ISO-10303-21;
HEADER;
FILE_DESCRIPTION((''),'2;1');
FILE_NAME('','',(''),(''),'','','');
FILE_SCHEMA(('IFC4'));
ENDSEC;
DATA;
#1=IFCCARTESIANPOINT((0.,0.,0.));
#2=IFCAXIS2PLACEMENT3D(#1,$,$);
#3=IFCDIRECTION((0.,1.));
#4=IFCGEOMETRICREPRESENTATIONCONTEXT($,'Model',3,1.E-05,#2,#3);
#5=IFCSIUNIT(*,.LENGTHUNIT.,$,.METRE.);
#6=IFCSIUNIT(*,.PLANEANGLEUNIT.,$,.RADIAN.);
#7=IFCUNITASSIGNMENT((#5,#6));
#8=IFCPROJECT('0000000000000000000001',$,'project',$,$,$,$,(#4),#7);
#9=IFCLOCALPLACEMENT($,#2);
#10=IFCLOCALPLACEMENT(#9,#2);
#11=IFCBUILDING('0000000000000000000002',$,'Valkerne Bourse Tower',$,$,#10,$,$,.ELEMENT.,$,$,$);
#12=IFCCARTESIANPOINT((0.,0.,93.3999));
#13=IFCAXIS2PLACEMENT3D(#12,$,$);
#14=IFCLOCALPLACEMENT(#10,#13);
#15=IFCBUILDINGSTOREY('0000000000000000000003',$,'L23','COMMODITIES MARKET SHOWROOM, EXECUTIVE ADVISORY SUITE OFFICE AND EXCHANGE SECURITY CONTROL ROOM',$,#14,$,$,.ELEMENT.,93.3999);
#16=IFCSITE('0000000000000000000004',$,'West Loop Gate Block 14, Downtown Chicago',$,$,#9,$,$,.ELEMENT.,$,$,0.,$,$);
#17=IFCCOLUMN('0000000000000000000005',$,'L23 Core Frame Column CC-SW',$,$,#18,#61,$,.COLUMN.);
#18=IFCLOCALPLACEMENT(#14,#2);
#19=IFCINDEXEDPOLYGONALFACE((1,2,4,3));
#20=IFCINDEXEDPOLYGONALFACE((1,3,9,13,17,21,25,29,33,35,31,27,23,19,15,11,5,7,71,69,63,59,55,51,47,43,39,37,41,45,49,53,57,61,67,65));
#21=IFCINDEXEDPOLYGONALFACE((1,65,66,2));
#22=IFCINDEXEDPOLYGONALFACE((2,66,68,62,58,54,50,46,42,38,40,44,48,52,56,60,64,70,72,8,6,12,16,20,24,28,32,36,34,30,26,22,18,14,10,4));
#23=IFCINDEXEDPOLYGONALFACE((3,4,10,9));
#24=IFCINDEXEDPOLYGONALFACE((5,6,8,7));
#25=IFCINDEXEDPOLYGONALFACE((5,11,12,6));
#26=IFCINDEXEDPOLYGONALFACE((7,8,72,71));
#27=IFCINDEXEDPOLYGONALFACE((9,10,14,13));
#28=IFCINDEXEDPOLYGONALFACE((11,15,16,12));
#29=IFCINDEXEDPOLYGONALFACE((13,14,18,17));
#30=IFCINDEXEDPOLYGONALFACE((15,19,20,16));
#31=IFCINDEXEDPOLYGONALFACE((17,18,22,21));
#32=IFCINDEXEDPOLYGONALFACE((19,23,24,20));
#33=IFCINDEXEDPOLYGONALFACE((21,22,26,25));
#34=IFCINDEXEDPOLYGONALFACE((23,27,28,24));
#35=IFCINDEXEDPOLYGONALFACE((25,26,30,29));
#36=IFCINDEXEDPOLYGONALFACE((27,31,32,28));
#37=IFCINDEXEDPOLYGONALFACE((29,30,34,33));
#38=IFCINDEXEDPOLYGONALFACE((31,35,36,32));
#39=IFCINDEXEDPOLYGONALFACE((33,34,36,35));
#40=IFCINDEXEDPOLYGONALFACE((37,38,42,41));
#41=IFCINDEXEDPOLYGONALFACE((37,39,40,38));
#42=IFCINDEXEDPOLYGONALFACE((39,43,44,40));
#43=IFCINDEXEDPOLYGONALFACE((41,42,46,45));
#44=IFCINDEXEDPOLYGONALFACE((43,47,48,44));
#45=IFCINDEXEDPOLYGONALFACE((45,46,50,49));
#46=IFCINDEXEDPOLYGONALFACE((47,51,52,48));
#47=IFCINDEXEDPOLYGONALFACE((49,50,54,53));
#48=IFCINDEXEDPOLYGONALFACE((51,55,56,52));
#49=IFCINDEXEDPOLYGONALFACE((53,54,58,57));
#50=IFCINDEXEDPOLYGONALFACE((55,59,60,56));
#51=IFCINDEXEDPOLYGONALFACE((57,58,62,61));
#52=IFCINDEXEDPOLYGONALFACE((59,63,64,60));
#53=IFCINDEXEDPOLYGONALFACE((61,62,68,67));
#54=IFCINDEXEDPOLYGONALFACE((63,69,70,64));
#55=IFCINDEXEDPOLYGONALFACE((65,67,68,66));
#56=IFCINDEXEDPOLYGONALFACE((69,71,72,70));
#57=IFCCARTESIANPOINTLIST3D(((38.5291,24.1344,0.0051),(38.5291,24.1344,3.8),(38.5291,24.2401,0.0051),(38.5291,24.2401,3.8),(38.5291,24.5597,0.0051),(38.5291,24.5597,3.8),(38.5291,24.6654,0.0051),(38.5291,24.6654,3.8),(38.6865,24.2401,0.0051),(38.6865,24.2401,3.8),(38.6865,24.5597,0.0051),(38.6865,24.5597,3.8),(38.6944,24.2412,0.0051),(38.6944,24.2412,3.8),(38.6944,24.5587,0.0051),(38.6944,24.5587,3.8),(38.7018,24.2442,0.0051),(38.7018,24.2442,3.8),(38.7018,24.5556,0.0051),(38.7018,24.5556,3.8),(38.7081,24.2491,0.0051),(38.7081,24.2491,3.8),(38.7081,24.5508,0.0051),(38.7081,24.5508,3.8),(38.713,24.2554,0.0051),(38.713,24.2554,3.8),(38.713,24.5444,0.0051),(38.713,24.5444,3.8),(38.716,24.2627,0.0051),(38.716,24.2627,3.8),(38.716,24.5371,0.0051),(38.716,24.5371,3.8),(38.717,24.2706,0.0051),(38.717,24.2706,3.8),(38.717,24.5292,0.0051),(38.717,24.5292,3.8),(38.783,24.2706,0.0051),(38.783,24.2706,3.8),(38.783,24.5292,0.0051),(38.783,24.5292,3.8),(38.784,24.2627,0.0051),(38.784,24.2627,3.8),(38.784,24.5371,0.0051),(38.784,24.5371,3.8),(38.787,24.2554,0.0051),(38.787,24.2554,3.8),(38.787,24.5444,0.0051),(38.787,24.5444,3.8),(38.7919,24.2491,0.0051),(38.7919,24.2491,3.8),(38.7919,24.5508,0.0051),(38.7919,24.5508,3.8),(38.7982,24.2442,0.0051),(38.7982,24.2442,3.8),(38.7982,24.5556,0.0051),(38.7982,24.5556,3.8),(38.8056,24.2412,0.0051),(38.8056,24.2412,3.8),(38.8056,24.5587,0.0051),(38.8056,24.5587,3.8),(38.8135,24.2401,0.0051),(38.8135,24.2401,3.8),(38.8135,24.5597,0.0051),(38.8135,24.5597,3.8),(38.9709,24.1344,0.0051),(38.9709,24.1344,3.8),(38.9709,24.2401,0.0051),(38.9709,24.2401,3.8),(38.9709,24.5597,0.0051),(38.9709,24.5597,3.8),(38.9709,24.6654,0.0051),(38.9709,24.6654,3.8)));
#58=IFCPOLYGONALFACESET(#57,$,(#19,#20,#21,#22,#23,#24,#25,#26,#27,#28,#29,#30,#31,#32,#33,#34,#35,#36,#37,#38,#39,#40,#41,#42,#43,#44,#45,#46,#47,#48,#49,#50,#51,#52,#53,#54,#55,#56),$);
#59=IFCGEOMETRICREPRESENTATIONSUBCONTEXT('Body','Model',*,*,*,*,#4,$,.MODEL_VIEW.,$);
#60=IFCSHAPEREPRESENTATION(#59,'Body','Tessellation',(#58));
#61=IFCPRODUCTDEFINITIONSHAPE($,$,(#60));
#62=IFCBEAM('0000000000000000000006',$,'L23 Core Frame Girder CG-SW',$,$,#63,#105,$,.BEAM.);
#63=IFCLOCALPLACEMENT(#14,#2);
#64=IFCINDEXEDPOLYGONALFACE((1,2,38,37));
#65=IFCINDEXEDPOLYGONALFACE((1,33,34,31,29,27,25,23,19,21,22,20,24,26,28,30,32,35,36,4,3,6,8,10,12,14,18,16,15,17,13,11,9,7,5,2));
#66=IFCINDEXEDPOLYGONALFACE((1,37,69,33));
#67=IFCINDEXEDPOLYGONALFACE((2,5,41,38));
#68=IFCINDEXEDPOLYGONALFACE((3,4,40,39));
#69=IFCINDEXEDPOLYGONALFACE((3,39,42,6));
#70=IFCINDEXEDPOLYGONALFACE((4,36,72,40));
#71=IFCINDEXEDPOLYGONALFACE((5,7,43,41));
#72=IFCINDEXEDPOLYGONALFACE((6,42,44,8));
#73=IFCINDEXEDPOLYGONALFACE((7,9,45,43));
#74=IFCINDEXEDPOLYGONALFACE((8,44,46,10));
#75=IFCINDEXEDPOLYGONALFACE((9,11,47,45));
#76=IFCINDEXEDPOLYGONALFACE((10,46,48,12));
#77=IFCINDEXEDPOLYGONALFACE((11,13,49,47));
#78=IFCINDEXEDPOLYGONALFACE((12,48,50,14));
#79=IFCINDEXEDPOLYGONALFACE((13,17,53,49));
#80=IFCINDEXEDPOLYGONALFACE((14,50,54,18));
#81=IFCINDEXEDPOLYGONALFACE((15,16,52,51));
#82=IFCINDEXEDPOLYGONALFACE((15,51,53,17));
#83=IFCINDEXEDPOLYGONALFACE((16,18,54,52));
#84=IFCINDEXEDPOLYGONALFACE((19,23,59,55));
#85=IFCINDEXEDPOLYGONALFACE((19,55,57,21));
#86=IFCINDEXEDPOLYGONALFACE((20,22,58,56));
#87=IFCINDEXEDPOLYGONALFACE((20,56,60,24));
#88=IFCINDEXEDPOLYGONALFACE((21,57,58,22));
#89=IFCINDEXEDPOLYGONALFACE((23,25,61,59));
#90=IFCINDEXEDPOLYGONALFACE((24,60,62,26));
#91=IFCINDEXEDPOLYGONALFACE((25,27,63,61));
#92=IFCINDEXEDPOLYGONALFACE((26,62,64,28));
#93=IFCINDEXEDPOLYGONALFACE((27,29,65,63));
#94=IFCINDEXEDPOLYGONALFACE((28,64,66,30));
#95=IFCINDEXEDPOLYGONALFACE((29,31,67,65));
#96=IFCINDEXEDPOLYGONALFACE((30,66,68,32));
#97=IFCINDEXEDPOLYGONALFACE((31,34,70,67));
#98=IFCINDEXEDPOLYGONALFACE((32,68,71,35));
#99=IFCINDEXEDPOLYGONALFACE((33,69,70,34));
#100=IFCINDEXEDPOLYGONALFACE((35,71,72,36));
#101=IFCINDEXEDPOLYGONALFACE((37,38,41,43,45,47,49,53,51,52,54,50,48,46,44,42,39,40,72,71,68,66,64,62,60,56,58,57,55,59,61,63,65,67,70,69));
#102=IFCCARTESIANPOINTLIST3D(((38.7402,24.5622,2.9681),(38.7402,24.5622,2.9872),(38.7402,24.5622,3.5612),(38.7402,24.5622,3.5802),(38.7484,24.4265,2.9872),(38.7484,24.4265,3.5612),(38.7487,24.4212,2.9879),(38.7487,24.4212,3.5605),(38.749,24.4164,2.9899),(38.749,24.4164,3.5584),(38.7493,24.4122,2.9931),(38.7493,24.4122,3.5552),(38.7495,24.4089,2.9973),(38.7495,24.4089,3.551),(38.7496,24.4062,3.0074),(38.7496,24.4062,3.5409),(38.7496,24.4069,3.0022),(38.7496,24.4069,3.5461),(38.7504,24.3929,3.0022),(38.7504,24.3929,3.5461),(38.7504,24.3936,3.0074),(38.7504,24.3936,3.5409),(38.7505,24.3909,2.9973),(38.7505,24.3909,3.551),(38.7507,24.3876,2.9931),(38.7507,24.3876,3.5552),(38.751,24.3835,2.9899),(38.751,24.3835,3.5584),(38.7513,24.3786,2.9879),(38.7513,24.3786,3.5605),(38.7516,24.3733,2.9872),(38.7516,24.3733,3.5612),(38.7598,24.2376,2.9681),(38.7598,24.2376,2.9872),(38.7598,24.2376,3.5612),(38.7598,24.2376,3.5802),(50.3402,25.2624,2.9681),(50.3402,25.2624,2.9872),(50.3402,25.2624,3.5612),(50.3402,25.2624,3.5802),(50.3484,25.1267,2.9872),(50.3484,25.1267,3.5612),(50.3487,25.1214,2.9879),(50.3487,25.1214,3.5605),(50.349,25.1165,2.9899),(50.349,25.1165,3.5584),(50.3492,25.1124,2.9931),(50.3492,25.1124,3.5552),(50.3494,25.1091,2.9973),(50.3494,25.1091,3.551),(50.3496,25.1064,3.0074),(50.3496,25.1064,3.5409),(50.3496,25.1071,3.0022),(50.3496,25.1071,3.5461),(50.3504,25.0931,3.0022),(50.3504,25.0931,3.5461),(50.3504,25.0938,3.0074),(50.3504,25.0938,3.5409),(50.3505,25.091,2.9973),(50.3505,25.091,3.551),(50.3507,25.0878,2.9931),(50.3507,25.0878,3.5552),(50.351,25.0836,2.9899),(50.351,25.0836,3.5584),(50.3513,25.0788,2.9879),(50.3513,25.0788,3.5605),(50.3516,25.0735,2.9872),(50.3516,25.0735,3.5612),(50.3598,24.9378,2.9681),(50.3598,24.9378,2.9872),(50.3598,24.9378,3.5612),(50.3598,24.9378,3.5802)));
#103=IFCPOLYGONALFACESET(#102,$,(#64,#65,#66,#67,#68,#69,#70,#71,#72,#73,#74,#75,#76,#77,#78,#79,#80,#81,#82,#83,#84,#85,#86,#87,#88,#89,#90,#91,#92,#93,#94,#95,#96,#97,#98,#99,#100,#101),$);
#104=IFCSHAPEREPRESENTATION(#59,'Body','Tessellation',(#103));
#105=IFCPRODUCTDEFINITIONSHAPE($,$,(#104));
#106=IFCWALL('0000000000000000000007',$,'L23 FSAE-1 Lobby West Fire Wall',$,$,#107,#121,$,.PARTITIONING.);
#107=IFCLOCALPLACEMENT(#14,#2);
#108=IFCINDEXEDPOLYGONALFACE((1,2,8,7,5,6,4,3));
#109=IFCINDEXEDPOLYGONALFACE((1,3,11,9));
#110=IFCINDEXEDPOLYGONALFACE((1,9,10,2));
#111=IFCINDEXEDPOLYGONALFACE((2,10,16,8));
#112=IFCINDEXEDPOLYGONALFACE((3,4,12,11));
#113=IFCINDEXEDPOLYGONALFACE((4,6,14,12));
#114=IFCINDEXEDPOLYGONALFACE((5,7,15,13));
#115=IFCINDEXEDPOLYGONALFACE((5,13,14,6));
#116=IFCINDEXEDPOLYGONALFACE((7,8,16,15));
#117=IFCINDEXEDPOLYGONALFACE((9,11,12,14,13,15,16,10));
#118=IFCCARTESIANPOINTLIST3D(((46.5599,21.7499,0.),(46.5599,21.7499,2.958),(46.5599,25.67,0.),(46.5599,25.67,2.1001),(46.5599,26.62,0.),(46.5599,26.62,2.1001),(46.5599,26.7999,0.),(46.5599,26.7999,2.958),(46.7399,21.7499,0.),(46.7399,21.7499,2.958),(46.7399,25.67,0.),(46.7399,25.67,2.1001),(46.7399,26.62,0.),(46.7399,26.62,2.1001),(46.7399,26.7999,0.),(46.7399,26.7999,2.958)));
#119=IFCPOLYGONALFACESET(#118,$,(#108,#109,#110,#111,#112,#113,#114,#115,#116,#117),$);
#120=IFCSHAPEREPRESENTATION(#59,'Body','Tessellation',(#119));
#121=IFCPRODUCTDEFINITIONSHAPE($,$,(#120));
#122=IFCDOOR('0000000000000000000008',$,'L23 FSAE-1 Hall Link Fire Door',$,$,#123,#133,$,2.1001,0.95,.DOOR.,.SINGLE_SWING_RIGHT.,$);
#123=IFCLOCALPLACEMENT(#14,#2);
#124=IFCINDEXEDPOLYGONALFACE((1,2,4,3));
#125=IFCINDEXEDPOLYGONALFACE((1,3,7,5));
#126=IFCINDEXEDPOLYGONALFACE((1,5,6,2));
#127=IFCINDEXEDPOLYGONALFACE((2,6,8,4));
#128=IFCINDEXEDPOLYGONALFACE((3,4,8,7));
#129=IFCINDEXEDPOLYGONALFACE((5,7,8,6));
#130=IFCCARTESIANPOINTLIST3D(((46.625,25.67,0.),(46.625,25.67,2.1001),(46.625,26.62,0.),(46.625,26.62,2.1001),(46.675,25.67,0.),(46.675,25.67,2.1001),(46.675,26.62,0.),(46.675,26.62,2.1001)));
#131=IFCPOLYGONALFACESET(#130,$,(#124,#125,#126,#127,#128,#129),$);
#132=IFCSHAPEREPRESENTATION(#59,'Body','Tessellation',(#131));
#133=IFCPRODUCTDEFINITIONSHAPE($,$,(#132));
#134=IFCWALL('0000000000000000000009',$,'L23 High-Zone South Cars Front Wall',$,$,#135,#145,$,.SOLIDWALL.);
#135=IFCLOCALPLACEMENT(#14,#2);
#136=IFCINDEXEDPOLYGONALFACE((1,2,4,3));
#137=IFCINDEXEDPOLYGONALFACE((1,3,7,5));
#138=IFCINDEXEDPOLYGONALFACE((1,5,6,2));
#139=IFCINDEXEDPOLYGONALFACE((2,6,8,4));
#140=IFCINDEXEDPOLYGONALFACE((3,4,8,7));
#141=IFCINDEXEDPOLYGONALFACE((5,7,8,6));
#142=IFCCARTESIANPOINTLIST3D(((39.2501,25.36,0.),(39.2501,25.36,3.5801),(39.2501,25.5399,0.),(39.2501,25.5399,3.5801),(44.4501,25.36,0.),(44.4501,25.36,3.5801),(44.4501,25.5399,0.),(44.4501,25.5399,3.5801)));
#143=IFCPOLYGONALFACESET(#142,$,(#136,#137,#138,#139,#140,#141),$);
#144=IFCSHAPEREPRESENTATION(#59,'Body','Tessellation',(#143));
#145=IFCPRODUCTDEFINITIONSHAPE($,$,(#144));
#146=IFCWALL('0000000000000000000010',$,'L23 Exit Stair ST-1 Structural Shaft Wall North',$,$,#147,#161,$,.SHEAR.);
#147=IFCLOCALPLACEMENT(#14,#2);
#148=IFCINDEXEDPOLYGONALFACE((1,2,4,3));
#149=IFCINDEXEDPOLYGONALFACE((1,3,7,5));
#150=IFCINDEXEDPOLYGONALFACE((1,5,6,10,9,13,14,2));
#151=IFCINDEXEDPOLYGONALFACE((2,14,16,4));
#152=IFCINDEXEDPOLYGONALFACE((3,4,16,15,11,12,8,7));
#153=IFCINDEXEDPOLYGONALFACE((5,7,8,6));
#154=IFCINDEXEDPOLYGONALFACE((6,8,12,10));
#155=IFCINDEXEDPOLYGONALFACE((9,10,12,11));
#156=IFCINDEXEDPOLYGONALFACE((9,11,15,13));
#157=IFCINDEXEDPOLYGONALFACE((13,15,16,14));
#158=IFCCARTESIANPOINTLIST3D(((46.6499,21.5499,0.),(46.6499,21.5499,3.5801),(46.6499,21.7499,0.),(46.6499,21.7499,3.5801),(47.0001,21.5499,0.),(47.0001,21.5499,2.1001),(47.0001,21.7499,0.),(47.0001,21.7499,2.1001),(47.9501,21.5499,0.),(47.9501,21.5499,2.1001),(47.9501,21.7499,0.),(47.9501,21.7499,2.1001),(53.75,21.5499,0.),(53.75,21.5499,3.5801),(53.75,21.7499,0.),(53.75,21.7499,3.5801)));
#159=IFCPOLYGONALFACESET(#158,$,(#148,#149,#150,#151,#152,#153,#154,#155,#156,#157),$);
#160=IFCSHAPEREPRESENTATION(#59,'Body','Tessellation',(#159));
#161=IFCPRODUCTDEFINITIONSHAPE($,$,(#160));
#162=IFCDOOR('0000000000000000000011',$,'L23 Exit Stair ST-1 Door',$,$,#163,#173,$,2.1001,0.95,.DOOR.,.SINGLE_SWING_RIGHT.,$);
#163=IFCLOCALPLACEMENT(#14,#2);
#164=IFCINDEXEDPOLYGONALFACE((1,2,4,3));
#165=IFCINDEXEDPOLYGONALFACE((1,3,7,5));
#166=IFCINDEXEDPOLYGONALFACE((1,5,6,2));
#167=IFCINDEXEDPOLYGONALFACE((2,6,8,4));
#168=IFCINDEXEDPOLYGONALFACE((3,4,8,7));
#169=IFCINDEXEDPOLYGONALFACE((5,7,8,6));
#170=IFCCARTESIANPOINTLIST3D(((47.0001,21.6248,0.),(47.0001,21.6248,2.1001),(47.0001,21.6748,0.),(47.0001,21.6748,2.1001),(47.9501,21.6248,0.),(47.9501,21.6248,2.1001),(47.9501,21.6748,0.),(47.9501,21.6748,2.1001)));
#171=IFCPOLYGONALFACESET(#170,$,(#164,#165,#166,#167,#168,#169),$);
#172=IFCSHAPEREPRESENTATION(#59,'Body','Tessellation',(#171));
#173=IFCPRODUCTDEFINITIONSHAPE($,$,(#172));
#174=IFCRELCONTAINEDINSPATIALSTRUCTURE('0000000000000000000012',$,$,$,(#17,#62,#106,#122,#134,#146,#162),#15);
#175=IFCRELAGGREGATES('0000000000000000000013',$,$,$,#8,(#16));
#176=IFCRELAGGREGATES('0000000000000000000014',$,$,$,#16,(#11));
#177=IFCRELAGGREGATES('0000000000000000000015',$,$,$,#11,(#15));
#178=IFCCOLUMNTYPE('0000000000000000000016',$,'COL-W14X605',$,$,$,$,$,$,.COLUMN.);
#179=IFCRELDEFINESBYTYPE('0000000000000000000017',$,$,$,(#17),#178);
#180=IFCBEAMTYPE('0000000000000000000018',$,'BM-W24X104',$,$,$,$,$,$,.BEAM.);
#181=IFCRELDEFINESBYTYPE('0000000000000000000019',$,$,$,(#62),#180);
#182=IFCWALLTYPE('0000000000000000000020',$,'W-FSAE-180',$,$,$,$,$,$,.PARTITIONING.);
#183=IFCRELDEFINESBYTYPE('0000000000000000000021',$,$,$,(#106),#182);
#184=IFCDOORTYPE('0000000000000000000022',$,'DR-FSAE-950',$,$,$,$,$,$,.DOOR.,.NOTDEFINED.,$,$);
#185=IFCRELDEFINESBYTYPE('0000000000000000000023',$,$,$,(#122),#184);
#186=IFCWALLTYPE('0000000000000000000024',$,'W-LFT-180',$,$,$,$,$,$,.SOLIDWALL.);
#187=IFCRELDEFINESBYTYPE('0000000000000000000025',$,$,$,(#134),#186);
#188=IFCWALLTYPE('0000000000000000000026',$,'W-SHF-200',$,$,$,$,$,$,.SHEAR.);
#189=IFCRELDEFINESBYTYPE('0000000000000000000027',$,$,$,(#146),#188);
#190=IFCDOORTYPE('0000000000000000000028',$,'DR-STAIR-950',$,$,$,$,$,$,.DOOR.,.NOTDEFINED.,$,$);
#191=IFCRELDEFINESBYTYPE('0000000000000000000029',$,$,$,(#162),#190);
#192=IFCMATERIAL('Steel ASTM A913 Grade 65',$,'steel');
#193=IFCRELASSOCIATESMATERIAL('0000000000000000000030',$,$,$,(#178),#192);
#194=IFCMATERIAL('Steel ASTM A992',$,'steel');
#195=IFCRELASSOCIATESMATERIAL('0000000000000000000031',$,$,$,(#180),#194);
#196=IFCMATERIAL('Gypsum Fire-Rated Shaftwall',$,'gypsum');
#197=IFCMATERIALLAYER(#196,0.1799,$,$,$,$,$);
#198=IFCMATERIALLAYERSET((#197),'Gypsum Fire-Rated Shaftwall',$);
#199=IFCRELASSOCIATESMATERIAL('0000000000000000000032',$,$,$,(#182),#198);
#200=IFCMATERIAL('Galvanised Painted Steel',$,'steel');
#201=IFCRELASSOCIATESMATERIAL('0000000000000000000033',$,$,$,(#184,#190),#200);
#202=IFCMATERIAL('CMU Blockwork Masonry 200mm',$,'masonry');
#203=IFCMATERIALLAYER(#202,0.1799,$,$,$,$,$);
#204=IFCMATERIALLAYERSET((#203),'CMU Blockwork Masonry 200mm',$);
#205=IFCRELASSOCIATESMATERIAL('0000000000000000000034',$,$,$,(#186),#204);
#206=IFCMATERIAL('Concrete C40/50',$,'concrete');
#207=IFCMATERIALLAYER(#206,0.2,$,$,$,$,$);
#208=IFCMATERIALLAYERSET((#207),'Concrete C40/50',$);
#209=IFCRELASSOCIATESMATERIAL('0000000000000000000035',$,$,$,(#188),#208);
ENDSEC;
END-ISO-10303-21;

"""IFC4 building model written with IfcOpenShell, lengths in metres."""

from ifc_helpers import new_model, si_unit, direction, frame, frame_2d, origin, origin_2d, place, context, subcontext, project, spatial, rectangle, i_section, extrude, material, layer, layer_set, material_profile, profile_set, type_object, element, fill, save


model = new_model("IFC4")

# Units and contexts
model_context = context("Model", 3, precision=1e-05, world=origin(), true_north=direction((0.0, 1.0)))
body_context = subcontext(model_context, "Body", "Model", "MODEL_VIEW")
ifc_project = project(units=[si_unit("LENGTHUNIT", "METRE"), si_unit("PLANEANGLEUNIT", "RADIAN")], contexts=[model_context])

# Site, building, storey
site_placement = place(None, origin())
site = spatial("IfcSite", under=ifc_project, at=site_placement, Name="West Loop Gate Block 14, Downtown Chicago", CompositionType="ELEMENT", RefElevation=0.0)
building_placement = place(site_placement, origin())
building = spatial("IfcBuilding", under=site, at=building_placement, Name="Valkerne Bourse Tower", CompositionType="ELEMENT")
storey_placement = place(building_placement, frame((0.0, 0.0, 93.3999)))
storey = spatial("IfcBuildingStorey", under=building, at=storey_placement, Name="L23", Description="COMMODITIES MARKET SHOWROOM, EXECUTIVE ADVISORY SUITE OFFICE AND EXCHANGE SECURITY CONTROL ROOM", CompositionType="ELEMENT", Elevation=93.3999)

# Column
ifc_material_1 = material(Name="Steel ASTM A913 Grade 65", Category="steel")
ifc_material_profile_1 = material_profile(ifc_material_1, i_section(OverallWidth=0.4419, OverallDepth=0.531, WebThickness=0.0659, FlangeThickness=0.1057, FilletRadius=0.0305, at=origin_2d()), Name="W14X605")
ifc_profile_set_1 = profile_set([ifc_material_profile_1], Name="Steel ASTM A913 Grade 65")
column_type = type_object("IfcColumnType", Name="COL-W14X605", PredefinedType="COLUMN", material=ifc_profile_set_1)
column_placement = place(storey_placement, frame((38.75, 24.3999, 0.0051), z_axis=(0.0, 0.0, 1.0), x_axis=(1.0, 0.0, 0.0)))
element("IfcColumn", 1, at=column_placement, inside=storey, type_object=column_type, Name="L23 Core Frame Column CC-SW", PredefinedType="COLUMN", context=body_context, shape_type="SweptSolid", body=[
    extrude(i_section(OverallWidth=0.4419, OverallDepth=0.531, WebThickness=0.0659, FlangeThickness=0.1057, FilletRadius=0.0305, at=origin_2d()), origin(), (0.0, 0.0, 1.0), 3.7949),
])

# Beam
ifc_material_2 = material(Name="Steel ASTM A992", Category="steel")
ifc_material_profile_2 = material_profile(ifc_material_2, i_section(OverallWidth=0.3252, OverallDepth=0.6121, WebThickness=0.0127, FlangeThickness=0.019, FilletRadius=0.0203, at=origin_2d()), Name="W24X104")
ifc_profile_set_2 = profile_set([ifc_material_profile_2], Name="Steel ASTM A992")
beam_type = type_object("IfcBeamType", Name="BM-W24X104", PredefinedType="BEAM", material=ifc_profile_set_2)
beam_placement = place(storey_placement, frame((38.75, 24.3999, 3.2742), z_axis=(0.998183, 0.060251, 0.0), x_axis=(-0.060251, 0.998183, 0.0)))
element("IfcBeam", 2, at=beam_placement, inside=storey, type_object=beam_type, Name="L23 Core Frame Girder CG-SW", PredefinedType="BEAM", context=body_context, shape_type="SweptSolid", body=[
    extrude(i_section(OverallWidth=0.3252, OverallDepth=0.6121, WebThickness=0.0127, FlangeThickness=0.019, FilletRadius=0.0203, at=origin_2d()), origin(), (0.0, 0.0, 1.0), 11.6211),
])

# Wall, opening, door
ifc_material_3 = material(Name="Gypsum Fire-Rated Shaftwall", Category="gypsum")
ifc_layer_1 = layer(ifc_material_3, 0.1799)
ifc_layer_set_1 = layer_set([ifc_layer_1], Name="Gypsum Fire-Rated Shaftwall")
wall_type_1 = type_object("IfcWallType", Name="W-FSAE-180", PredefinedType="PARTITIONING", material=ifc_layer_set_1)
wall_1_placement = place(storey_placement, frame((46.6499, 21.75, 0.0), z_axis=(0.0, 0.0, 1.0), x_axis=(0.0, 1.0, 0.0)))
wall_1 = element("IfcWall", 3, at=wall_1_placement, inside=storey, type_object=wall_type_1, Name="L23 FSAE-1 Lobby West Fire Wall", PredefinedType="PARTITIONING", context=body_context, shape_type="SweptSolid", body=[
    extrude(rectangle(XDim=5.05, YDim=0.1799, at=frame_2d((2.5249, 0.0))), origin(), (0.0, 0.0, 1.0), 2.958),
])
opening_1_placement = place(wall_1_placement, frame((3.9199, 0.0, 0.0)))
opening_1 = element("IfcOpeningElement", 4, at=opening_1_placement, cuts=wall_1, PredefinedType="OPENING", context=body_context, shape_type="SweptSolid", body=[
    extrude(rectangle(XDim=0.95, YDim=2.1001, at=frame_2d((0.4751, 1.05))), frame((0.0, 0.0999, 0.0), z_axis=(0.0, -1.0, 0.0), x_axis=(1.0, 0.0, 0.0)), (0.0, 0.0, 1.0), 0.2),
])
ifc_material_4 = material(Name="Galvanised Painted Steel", Category="steel")
door_type_1 = type_object("IfcDoorType", Name="DR-FSAE-950", OperationType="NOTDEFINED", PredefinedType="DOOR", material=ifc_material_4)
door_1_placement = place(opening_1_placement, origin())
door_1 = element("IfcDoor", 5, at=door_1_placement, inside=storey, type_object=door_type_1, Name="L23 FSAE-1 Hall Link Fire Door", OperationType="SINGLE_SWING_RIGHT", OverallHeight=2.1001, OverallWidth=0.95, PredefinedType="DOOR", context=body_context, shape_type="SweptSolid", body=[
    extrude(rectangle(XDim=0.95, YDim=2.1001, at=frame_2d((0.4751, 1.05))), frame((0.0, 0.0249, 0.0), z_axis=(0.0, -1.0, 0.0), x_axis=(1.0, 0.0, 0.0)), (0.0, 0.0, 1.0), 0.05),
])
fill(opening_1, door_1)

# Shared definitions
ifc_material_5 = material(Name="CMU Blockwork Masonry 200mm", Category="masonry")
ifc_layer_2 = layer(ifc_material_5, 0.1799)
ifc_layer_set_2 = layer_set([ifc_layer_2], Name="CMU Blockwork Masonry 200mm")
wall_type_2 = type_object("IfcWallType", Name="W-LFT-180", PredefinedType="SOLIDWALL", material=ifc_layer_set_2)

# Wall
wall_2_placement = place(storey_placement, frame((39.25, 25.45, 0.0), z_axis=(0.0, 0.0, 1.0), x_axis=(1.0, 0.0, 0.0)))
element("IfcWall", 6, at=wall_2_placement, inside=storey, type_object=wall_type_2, Name="L23 High-Zone South Cars Front Wall", PredefinedType="SOLIDWALL", context=body_context, shape_type="SweptSolid", body=[
    extrude(rectangle(XDim=5.2, YDim=0.1799, at=frame_2d((2.6001, 0.0))), origin(), (0.0, 0.0, 1.0), 3.5801),
])

# Wall, opening, door
ifc_material_6 = material(Name="Concrete C40/50", Category="concrete")
ifc_layer_3 = layer(ifc_material_6, 0.2)
ifc_layer_set_3 = layer_set([ifc_layer_3], Name="Concrete C40/50")
wall_type_3 = type_object("IfcWallType", Name="W-SHF-200", PredefinedType="SHEAR", material=ifc_layer_set_3)
wall_3_placement = place(storey_placement, frame((46.6499, 21.6499, 0.0), z_axis=(0.0, 0.0, 1.0), x_axis=(1.0, 0.0, 0.0)))
wall_3 = element("IfcWall", 7, at=wall_3_placement, inside=storey, type_object=wall_type_3, Name="L23 Exit Stair ST-1 Structural Shaft Wall North", PredefinedType="SHEAR", context=body_context, shape_type="SweptSolid", body=[
    extrude(rectangle(XDim=7.1001, YDim=0.2, at=frame_2d((3.55, 0.0))), origin(), (0.0, 0.0, 1.0), 3.5801),
])
opening_2_placement = place(wall_3_placement, frame((0.3501, 0.0, 0.0)))
opening_2 = element("IfcOpeningElement", 8, at=opening_2_placement, cuts=wall_3, PredefinedType="OPENING", context=body_context, shape_type="SweptSolid", body=[
    extrude(rectangle(XDim=0.95, YDim=2.1001, at=frame_2d((0.4751, 1.05))), frame((0.0, 0.1099, 0.0), z_axis=(0.0, -1.0, 0.0), x_axis=(1.0, 0.0, 0.0)), (0.0, 0.0, 1.0), 0.22),
])
door_type_2 = type_object("IfcDoorType", Name="DR-STAIR-950", OperationType="NOTDEFINED", PredefinedType="DOOR", material=ifc_material_4)
door_2_placement = place(opening_2_placement, origin())
door_2 = element("IfcDoor", 9, at=door_2_placement, inside=storey, type_object=door_type_2, Name="L23 Exit Stair ST-1 Door", OperationType="SINGLE_SWING_RIGHT", OverallHeight=2.1001, OverallWidth=0.95, PredefinedType="DOOR", context=body_context, shape_type="SweptSolid", body=[
    extrude(rectangle(XDim=0.95, YDim=2.1001, at=frame_2d((0.4751, 1.05))), frame((0.0, 0.0249, 0.0), z_axis=(0.0, -1.0, 0.0), x_axis=(1.0, 0.0, 0.0)), (0.0, 0.0, 1.0), 0.05),
])
fill(opening_2, door_2)

save(model, "model.ifc")
